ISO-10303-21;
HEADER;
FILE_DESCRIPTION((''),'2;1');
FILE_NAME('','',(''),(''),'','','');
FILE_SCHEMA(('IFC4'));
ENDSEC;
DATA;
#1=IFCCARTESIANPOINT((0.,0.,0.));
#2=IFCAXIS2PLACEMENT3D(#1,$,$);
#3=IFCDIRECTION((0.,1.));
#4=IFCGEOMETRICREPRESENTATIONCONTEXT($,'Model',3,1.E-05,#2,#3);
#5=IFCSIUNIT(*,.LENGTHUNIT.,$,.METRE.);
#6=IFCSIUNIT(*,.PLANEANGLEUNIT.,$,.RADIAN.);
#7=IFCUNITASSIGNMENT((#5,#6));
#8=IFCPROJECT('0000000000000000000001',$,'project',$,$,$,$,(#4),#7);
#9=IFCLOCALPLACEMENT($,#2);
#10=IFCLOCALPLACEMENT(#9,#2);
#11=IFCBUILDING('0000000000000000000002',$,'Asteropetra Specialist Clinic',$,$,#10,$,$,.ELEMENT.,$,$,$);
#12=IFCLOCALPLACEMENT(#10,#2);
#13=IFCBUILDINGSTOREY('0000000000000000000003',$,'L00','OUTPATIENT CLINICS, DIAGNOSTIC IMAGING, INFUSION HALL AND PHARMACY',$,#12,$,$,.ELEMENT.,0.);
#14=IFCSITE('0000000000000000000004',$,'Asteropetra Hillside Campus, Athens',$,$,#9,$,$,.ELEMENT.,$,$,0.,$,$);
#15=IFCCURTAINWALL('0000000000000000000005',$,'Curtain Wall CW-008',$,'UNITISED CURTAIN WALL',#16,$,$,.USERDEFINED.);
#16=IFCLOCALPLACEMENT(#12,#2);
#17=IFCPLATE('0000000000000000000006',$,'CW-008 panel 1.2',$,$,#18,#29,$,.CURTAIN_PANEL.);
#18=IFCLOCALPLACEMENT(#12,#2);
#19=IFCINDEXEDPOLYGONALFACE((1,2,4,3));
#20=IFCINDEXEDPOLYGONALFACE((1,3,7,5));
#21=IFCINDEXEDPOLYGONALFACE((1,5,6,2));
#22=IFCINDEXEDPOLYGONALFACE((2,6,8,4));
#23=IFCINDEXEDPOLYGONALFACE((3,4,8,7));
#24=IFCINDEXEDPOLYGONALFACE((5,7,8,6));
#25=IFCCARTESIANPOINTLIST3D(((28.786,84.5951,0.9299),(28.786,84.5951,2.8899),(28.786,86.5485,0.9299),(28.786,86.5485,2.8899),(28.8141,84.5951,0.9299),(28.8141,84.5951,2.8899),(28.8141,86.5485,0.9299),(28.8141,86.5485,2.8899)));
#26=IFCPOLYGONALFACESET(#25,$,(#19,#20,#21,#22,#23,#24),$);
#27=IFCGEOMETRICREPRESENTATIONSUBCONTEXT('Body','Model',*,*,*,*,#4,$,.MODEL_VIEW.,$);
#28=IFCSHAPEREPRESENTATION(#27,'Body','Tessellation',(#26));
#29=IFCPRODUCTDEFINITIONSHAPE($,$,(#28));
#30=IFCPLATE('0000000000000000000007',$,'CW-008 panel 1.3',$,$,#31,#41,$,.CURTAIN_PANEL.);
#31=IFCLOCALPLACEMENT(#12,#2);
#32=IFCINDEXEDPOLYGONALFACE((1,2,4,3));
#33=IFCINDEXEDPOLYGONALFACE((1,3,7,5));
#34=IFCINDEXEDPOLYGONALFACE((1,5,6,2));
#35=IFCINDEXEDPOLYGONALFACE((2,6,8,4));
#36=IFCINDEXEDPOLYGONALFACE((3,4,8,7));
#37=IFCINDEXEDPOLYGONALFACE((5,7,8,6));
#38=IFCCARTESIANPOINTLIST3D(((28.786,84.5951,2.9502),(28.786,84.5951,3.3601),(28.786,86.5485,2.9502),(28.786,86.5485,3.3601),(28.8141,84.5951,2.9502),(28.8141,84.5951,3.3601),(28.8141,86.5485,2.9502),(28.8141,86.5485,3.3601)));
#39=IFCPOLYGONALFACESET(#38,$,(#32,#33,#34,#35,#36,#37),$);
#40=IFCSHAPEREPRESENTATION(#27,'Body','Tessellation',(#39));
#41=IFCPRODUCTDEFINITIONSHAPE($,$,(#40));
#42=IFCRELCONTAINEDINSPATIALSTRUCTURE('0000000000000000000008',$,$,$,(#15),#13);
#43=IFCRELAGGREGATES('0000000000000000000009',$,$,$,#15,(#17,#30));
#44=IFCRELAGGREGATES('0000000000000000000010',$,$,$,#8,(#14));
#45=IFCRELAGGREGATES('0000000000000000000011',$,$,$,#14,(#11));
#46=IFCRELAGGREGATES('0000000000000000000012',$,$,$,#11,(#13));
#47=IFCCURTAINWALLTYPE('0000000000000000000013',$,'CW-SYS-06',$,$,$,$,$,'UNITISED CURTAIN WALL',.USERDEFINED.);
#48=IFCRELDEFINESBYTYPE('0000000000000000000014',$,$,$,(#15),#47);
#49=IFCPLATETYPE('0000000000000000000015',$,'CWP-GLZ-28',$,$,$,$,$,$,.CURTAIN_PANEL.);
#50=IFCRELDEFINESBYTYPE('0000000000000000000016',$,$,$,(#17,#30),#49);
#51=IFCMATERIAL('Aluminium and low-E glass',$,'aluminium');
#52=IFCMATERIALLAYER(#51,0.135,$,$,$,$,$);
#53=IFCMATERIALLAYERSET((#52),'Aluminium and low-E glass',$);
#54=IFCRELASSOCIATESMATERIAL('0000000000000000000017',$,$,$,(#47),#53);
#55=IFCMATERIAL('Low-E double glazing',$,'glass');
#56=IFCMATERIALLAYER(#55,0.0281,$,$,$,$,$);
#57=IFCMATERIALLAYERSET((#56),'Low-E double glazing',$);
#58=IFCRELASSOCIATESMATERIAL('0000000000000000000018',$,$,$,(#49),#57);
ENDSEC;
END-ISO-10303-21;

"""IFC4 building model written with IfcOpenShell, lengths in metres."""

from ifc_helpers import new_model, si_unit, direction, frame, origin, origin_2d, place, context, subcontext, project, spatial, rectangle, extrude, material, layer, layer_set, type_object, element, aggregate, save


model = new_model("IFC4")

# Units and contexts
model_context = context("Model", 3, precision=1e-05, world=origin(), true_north=direction((0.0, 1.0)))
body_context = subcontext(model_context, "Body", "Model", "MODEL_VIEW")
ifc_project = project(units=[si_unit("LENGTHUNIT", "METRE"), si_unit("PLANEANGLEUNIT", "RADIAN")], contexts=[model_context])

# Site, building, storey
site_placement = place(None, origin())
site = spatial("IfcSite", under=ifc_project, at=site_placement, Name="Asteropetra Hillside Campus, Athens", CompositionType="ELEMENT", RefElevation=0.0)
building_placement = place(site_placement, origin())
building = spatial("IfcBuilding", under=site, at=building_placement, Name="Asteropetra Specialist Clinic", CompositionType="ELEMENT")
storey_placement = place(building_placement, origin())
storey = spatial("IfcBuildingStorey", under=building, at=storey_placement, Name="L00", Description="OUTPATIENT CLINICS, DIAGNOSTIC IMAGING, INFUSION HALL AND PHARMACY", CompositionType="ELEMENT", Elevation=0.0)

# Curtain wall
ifc_material_1 = material(Name="Aluminium and low-E glass", Category="aluminium")
ifc_layer_1 = layer(ifc_material_1, 0.135)
ifc_layer_set_1 = layer_set([ifc_layer_1], Name="Aluminium and low-E glass")
curtain_wall_type_1 = type_object("IfcCurtainWallType", Name="CW-SYS-06", ElementType="UNITISED CURTAIN WALL", PredefinedType="USERDEFINED", material=ifc_layer_set_1)
curtain_wall_1_placement = place(storey_placement, origin())
curtain_wall_1 = element("IfcCurtainWall", 1, at=curtain_wall_1_placement, inside=storey, type_object=curtain_wall_type_1, Name="Curtain Wall CW-008", ObjectType="UNITISED CURTAIN WALL", PredefinedType="USERDEFINED")

# Plates
ifc_material_2 = material(Name="Low-E double glazing", Category="glass")
ifc_layer_2 = layer(ifc_material_2, 0.0281)
ifc_layer_set_2 = layer_set([ifc_layer_2], Name="Low-E double glazing")
plate_type = type_object("IfcPlateType", Name="CWP-GLZ-28", PredefinedType="CURTAIN_PANEL", material=ifc_layer_set_2)
plate_1_placement = place(storey_placement, frame((28.8, 85.5718, 0.9299), z_axis=(0.0, 0.0, 1.0), x_axis=(0.0, 1.0, 0.0)))
plate_1 = element("IfcPlate", 2, at=plate_1_placement, type_object=plate_type, Name="CW-008 panel 1.2", PredefinedType="CURTAIN_PANEL", context=body_context, shape_type="SweptSolid", body=[
    extrude(rectangle(XDim=1.9534, YDim=0.0281, at=origin_2d()), origin(), (0.0, 0.0, 1.0), 1.96),
])
plate_2_placement = place(storey_placement, frame((28.8, 85.5718, 2.9502), z_axis=(0.0, 0.0, 1.0), x_axis=(0.0, 1.0, 0.0)))
plate_2 = element("IfcPlate", 3, at=plate_2_placement, type_object=plate_type, Name="CW-008 panel 1.3", PredefinedType="CURTAIN_PANEL", context=body_context, shape_type="SweptSolid", body=[
    extrude(rectangle(XDim=1.9534, YDim=0.0281, at=origin_2d()), origin(), (0.0, 0.0, 1.0), 0.4099),
])
aggregate(curtain_wall_1, [plate_1, plate_2])

save(model, "model.ifc")
